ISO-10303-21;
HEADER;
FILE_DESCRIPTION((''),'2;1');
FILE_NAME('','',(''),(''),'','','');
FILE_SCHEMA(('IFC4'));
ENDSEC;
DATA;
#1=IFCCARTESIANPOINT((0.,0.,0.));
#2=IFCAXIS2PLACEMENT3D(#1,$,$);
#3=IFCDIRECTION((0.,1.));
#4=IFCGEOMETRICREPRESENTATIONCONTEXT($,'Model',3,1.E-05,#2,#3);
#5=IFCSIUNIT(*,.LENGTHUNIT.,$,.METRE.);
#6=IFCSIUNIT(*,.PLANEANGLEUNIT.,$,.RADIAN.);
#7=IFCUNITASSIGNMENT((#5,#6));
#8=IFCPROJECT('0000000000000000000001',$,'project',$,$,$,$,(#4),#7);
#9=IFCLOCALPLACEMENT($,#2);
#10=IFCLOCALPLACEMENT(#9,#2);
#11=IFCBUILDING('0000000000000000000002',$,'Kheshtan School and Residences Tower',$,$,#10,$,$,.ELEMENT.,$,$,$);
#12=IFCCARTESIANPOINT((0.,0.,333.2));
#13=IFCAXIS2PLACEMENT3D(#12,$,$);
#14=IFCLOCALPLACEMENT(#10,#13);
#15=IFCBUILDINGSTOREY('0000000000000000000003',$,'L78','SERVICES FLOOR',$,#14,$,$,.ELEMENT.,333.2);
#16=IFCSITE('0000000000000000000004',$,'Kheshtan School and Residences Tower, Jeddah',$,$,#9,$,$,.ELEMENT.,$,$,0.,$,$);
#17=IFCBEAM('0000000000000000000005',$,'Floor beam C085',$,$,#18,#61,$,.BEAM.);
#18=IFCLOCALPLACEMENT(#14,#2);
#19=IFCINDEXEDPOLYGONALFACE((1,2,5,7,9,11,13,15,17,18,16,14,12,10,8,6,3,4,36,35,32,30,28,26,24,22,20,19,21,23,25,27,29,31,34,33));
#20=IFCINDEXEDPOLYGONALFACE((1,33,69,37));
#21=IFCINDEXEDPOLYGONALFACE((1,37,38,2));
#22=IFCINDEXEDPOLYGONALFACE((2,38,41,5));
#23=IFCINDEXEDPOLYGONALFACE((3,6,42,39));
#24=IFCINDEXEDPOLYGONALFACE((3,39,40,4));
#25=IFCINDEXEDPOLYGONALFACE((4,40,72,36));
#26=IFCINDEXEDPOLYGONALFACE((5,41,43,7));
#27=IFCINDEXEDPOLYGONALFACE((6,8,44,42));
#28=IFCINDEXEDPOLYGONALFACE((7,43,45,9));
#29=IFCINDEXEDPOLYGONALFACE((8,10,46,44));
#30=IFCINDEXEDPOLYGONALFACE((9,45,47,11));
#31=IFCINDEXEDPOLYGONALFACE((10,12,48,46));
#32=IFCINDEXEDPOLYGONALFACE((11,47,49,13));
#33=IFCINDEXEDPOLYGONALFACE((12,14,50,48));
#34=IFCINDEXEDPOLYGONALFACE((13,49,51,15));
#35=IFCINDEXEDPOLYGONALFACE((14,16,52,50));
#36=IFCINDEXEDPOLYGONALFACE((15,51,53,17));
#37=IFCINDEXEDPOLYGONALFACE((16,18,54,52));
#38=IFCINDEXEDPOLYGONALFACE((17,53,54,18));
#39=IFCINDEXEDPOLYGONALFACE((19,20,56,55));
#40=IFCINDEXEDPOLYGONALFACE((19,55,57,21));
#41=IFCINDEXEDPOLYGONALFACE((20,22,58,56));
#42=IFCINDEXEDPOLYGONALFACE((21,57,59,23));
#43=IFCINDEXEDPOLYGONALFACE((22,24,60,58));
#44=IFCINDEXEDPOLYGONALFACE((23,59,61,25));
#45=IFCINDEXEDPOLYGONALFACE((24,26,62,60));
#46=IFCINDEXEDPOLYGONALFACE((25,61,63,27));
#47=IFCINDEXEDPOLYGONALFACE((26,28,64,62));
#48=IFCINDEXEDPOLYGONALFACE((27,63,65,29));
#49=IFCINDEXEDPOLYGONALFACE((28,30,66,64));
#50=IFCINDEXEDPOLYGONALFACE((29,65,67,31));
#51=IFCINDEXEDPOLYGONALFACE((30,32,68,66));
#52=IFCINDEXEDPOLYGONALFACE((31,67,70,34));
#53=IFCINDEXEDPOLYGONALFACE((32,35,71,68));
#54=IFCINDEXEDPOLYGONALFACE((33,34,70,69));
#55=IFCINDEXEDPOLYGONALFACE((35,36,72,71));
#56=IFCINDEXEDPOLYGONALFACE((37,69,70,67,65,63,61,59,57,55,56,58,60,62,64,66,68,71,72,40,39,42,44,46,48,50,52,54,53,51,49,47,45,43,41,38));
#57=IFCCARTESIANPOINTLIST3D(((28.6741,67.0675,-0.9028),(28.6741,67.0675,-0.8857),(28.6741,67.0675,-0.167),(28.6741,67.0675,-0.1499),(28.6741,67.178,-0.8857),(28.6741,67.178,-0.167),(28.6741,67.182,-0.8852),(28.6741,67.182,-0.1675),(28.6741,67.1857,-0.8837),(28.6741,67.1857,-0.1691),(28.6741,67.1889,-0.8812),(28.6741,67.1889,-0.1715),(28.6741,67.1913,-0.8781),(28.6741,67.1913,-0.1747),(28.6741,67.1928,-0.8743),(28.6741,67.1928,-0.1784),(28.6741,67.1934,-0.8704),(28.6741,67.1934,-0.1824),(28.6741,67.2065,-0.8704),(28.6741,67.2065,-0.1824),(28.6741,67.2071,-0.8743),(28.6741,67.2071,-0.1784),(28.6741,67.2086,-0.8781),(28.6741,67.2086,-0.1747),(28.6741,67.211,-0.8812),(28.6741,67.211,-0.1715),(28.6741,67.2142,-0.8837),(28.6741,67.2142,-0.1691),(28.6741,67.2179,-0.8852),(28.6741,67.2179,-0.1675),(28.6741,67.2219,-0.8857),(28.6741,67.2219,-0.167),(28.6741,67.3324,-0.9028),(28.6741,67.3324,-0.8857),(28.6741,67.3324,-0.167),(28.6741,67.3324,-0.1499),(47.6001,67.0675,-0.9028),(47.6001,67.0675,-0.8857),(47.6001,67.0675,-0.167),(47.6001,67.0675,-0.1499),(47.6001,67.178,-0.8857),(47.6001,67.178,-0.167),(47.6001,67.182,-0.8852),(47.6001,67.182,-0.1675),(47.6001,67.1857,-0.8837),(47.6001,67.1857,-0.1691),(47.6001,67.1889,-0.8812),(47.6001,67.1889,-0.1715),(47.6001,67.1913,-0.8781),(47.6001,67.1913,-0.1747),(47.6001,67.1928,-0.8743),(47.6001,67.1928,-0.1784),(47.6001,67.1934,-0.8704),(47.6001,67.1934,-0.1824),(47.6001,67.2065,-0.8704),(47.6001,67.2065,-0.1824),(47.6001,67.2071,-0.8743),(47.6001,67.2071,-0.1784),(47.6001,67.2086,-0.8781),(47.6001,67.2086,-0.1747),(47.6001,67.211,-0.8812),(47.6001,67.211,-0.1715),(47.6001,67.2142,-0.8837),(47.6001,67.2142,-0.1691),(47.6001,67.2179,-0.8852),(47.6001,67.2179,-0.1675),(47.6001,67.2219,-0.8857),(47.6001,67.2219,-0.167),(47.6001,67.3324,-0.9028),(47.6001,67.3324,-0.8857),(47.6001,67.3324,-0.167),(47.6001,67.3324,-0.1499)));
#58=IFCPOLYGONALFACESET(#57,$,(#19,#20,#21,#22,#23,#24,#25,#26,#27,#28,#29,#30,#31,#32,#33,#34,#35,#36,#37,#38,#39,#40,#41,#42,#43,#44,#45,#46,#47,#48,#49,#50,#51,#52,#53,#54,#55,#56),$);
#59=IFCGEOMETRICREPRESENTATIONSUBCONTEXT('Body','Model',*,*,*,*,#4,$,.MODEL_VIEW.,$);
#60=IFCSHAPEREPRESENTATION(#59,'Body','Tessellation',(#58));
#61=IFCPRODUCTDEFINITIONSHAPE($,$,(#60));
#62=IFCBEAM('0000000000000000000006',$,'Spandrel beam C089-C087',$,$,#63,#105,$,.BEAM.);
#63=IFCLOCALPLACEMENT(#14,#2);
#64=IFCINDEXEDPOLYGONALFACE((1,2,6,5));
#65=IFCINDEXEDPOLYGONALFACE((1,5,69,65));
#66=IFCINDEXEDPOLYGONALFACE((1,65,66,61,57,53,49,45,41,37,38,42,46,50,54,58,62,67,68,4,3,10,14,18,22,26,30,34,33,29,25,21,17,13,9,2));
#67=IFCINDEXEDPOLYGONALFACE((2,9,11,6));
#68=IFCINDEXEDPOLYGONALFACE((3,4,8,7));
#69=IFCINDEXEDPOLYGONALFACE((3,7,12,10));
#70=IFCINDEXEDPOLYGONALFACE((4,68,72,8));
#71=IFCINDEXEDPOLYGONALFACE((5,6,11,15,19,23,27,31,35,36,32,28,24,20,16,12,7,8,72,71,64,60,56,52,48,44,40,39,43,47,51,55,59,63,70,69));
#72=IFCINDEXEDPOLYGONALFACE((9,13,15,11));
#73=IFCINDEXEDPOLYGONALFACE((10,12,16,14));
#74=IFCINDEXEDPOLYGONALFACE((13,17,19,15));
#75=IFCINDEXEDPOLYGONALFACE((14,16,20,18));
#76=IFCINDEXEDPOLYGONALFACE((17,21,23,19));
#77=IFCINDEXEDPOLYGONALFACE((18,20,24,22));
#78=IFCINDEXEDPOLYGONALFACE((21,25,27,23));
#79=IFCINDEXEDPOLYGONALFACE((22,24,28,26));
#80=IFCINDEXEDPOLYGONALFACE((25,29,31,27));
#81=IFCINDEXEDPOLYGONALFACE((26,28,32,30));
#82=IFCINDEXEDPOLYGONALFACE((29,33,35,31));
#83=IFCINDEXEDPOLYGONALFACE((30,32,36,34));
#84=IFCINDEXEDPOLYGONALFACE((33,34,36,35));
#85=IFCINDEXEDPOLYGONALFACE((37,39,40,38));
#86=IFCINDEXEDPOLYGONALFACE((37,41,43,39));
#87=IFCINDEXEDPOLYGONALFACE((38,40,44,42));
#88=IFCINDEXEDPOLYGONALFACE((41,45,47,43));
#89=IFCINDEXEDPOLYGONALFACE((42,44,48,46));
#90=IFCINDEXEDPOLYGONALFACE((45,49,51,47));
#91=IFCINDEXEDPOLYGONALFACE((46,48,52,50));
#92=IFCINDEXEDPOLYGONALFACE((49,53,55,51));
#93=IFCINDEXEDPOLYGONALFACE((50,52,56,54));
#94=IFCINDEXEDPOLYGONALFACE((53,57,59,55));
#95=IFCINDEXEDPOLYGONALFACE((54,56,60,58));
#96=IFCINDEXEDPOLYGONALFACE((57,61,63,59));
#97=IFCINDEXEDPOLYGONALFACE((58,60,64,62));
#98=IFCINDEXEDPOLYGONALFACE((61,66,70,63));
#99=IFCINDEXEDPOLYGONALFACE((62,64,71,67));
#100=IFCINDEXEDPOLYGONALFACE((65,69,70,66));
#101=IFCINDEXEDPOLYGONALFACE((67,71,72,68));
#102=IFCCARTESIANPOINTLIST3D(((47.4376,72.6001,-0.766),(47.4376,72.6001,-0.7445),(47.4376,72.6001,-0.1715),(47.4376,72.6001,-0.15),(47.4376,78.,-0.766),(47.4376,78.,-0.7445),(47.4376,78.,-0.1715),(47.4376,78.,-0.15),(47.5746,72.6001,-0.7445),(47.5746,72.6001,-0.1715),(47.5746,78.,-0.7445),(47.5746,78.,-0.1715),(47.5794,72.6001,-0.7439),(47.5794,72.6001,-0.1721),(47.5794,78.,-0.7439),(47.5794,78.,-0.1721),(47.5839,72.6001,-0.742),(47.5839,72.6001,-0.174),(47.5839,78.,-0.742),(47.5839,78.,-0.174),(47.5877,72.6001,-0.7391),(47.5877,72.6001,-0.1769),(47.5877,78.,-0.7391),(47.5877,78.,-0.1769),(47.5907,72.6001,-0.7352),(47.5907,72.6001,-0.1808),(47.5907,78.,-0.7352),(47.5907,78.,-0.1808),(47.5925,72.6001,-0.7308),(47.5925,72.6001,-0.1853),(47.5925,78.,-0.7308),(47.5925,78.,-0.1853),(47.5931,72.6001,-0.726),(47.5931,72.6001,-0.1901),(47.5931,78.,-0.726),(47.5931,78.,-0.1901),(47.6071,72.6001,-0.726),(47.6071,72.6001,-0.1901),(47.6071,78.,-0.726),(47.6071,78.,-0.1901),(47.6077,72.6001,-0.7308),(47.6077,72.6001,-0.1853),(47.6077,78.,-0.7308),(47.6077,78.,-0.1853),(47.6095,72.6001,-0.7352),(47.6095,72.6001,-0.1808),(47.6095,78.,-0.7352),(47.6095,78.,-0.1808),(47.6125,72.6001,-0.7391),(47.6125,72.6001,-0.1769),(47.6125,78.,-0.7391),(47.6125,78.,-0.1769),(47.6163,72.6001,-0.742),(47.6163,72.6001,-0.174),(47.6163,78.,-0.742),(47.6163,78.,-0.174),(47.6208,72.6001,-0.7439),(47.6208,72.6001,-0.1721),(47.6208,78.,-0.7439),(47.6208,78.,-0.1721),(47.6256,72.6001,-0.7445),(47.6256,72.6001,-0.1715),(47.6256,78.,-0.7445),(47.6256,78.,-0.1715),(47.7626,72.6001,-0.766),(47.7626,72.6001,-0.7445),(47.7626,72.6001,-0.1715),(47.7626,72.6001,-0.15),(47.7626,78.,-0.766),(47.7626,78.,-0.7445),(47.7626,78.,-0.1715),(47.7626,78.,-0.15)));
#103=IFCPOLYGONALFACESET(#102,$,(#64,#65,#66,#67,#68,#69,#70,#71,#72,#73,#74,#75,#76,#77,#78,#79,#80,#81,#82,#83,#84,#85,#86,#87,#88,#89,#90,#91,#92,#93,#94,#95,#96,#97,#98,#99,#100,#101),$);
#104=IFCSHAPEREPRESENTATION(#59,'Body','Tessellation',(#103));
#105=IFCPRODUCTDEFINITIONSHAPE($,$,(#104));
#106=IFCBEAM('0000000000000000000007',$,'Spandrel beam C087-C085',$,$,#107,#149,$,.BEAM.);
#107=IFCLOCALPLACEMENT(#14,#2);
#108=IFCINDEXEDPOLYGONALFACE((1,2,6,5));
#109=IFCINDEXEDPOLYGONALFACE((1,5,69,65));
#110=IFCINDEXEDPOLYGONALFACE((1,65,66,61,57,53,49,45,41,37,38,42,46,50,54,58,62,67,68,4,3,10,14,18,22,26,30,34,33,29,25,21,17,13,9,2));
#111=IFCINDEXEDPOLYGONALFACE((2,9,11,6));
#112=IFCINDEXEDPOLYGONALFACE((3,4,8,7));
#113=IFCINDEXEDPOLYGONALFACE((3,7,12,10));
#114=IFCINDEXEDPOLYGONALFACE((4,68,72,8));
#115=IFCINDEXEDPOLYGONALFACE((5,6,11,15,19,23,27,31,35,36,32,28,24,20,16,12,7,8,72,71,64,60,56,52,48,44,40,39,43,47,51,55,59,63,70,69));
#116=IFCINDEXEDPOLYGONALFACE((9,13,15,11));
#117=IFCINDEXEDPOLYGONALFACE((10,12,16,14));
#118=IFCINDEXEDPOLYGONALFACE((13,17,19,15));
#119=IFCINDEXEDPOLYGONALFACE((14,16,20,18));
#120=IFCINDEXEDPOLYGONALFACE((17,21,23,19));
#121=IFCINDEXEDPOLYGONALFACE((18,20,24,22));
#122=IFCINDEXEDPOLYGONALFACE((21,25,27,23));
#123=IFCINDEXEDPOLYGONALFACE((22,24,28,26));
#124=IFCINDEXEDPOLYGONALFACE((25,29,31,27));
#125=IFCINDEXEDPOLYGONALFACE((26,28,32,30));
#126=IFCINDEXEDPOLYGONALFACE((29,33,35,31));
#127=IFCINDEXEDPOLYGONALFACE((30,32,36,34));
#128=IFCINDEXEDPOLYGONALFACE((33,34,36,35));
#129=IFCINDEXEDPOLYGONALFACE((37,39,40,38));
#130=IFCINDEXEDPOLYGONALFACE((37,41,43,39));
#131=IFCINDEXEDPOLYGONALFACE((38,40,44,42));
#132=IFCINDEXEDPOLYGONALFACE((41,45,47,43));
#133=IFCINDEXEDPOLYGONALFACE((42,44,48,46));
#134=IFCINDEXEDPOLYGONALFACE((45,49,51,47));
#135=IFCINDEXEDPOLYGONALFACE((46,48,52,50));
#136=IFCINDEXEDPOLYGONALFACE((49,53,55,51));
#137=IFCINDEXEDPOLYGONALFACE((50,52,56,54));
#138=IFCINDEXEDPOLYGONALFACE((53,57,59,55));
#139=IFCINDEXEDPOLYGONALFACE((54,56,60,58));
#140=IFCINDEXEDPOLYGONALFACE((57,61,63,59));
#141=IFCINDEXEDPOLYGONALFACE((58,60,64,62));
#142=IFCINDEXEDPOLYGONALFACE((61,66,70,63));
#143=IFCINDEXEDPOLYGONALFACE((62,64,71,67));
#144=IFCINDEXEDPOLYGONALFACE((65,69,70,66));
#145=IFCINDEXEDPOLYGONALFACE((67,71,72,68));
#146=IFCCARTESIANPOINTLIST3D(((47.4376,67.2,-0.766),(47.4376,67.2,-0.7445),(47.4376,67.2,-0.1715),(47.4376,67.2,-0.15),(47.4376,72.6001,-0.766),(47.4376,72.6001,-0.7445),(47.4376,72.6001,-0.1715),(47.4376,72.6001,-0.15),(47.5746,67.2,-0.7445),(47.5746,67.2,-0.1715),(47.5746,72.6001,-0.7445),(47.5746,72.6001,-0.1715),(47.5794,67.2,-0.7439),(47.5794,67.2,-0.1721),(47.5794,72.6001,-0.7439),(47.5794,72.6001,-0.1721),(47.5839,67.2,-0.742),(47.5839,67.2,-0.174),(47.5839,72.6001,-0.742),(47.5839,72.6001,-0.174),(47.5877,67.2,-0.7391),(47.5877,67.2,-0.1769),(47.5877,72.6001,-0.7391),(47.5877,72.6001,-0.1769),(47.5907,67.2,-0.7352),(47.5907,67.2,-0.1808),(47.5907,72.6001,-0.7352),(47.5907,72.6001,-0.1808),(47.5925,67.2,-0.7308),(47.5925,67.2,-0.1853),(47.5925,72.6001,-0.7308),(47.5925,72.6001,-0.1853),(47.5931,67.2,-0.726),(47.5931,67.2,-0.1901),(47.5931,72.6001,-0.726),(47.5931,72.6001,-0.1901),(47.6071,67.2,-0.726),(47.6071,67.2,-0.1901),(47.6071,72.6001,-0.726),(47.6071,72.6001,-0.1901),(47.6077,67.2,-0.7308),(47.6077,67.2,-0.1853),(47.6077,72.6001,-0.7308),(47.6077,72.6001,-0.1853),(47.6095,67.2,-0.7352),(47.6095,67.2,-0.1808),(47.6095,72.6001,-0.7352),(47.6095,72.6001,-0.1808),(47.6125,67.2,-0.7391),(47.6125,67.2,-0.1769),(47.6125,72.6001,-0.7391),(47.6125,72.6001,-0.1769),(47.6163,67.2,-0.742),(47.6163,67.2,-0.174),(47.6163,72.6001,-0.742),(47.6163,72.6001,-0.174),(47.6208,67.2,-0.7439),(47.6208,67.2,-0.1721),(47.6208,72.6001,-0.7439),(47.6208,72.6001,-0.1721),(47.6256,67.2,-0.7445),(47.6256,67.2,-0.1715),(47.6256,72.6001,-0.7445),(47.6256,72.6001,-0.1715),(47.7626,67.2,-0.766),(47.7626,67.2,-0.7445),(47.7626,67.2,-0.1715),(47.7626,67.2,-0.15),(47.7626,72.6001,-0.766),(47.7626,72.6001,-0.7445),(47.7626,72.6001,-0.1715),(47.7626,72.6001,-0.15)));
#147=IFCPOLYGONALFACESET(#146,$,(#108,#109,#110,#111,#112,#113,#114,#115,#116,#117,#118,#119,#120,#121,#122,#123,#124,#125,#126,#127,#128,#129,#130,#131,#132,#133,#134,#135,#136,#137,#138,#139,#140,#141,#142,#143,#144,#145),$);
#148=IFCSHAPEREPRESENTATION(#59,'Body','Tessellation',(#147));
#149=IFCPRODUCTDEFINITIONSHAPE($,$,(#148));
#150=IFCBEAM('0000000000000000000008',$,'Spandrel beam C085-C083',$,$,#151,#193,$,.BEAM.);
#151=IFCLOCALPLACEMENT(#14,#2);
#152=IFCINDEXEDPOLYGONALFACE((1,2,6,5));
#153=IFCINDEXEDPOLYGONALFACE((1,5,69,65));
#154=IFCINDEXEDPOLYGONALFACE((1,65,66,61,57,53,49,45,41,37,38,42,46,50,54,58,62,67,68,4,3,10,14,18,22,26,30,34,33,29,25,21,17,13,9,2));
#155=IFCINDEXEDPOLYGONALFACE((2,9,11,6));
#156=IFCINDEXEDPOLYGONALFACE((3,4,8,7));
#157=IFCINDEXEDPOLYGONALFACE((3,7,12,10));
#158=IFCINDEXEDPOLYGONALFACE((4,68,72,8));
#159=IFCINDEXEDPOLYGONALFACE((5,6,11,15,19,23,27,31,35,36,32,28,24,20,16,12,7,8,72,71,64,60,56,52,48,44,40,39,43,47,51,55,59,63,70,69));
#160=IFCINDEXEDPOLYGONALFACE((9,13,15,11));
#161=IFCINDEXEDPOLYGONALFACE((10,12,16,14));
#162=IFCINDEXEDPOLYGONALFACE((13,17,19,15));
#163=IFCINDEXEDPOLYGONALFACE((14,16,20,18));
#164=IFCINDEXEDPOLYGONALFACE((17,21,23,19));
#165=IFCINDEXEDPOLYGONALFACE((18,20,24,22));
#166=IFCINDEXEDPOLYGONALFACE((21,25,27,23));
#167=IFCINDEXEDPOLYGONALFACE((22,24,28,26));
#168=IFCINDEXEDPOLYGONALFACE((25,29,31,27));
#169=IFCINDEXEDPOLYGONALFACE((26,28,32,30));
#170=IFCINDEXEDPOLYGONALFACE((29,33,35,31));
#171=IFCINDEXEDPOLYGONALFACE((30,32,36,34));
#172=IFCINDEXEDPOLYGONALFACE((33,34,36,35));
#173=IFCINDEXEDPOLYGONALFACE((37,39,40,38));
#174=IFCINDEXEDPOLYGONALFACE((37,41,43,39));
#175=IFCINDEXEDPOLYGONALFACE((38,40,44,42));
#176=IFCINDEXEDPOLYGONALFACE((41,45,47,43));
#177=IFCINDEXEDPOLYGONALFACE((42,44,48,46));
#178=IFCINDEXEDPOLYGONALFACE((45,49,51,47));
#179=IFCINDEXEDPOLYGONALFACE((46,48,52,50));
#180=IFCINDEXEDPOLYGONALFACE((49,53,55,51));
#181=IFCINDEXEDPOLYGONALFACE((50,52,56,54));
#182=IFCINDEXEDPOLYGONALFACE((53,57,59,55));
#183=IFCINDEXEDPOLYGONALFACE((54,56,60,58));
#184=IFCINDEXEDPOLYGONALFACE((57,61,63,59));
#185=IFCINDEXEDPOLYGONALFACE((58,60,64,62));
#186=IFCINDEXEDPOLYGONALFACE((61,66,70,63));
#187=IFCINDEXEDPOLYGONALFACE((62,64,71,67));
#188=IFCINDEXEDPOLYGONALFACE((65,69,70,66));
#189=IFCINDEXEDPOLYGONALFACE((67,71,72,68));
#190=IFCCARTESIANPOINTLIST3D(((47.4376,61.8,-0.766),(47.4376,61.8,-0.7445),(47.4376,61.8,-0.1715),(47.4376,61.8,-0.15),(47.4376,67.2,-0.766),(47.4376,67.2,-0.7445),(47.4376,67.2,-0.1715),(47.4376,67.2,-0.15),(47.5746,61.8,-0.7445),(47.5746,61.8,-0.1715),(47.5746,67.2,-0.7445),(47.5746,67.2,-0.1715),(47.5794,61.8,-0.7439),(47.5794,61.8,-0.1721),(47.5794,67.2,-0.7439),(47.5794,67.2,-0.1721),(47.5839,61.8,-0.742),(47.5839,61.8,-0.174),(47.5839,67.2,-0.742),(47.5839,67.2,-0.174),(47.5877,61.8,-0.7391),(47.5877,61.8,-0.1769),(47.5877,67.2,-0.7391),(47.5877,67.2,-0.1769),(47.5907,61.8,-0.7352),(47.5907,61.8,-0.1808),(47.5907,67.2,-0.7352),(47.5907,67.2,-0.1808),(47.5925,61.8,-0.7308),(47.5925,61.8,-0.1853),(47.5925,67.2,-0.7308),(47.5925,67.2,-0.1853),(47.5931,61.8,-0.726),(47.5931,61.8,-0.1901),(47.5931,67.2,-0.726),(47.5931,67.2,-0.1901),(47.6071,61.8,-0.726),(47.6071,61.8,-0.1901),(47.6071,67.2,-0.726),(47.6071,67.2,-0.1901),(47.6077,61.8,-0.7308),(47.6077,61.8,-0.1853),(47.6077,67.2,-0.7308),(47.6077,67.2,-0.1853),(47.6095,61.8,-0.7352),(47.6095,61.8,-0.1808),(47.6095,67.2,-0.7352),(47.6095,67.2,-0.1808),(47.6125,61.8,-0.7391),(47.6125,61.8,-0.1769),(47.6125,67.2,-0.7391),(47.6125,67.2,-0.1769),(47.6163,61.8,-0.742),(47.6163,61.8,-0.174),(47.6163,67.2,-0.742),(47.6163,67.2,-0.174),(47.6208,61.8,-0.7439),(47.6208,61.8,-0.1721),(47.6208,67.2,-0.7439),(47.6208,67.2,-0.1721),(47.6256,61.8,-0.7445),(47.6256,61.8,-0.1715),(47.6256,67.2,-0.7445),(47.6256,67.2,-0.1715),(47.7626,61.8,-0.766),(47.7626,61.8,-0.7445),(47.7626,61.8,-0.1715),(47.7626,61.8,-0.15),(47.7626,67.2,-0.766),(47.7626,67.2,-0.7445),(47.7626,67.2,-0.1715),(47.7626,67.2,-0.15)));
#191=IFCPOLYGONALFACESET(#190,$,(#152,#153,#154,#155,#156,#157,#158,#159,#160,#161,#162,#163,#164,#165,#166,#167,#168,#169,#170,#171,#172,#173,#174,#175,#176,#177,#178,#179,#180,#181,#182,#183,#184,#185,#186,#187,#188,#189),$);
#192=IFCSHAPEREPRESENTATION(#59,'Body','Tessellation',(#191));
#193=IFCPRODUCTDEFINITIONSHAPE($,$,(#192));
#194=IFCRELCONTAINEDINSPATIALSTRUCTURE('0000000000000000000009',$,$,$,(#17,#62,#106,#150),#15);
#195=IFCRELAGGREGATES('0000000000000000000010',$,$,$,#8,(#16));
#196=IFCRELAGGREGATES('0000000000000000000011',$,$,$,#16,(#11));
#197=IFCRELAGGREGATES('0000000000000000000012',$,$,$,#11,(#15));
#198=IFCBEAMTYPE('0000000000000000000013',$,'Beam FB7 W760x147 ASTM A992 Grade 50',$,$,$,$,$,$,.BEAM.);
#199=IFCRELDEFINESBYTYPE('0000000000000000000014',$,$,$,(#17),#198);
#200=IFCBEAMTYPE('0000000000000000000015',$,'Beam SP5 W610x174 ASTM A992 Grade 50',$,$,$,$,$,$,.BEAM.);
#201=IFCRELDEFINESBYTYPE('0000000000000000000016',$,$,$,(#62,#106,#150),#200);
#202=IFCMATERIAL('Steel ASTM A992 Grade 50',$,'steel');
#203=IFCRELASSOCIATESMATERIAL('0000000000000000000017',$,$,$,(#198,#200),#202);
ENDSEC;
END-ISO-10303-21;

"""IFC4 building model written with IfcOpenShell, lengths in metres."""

from ifc_helpers import new_model, si_unit, direction, frame, origin, origin_2d, place, context, subcontext, project, spatial, i_section, extrude, material, material_profile, profile_set, type_object, element, save


model = new_model("IFC4")

# Units and contexts
model_context = context("Model", 3, precision=1e-05, world=origin(), true_north=direction((0.0, 1.0)))
body_context = subcontext(model_context, "Body", "Model", "MODEL_VIEW")
ifc_project = project(units=[si_unit("LENGTHUNIT", "METRE"), si_unit("PLANEANGLEUNIT", "RADIAN")], contexts=[model_context])

# Site, building, storey
site_placement = place(None, origin())
site = spatial("IfcSite", under=ifc_project, at=site_placement, Name="Kheshtan School and Residences Tower, Jeddah", CompositionType="ELEMENT", RefElevation=0.0)
building_placement = place(site_placement, origin())
building = spatial("IfcBuilding", under=site, at=building_placement, Name="Kheshtan School and Residences Tower", CompositionType="ELEMENT")
storey_placement = place(building_placement, frame((0.0, 0.0, 333.2)))
storey = spatial("IfcBuildingStorey", under=building, at=storey_placement, Name="L78", Description="SERVICES FLOOR", CompositionType="ELEMENT", Elevation=333.2)

# Shared definitions
ifc_material_1 = material(Name="Steel ASTM A992 Grade 50", Category="steel")

# Beams
ifc_material_profile_1 = material_profile(ifc_material_1, i_section(OverallWidth=0.2649, OverallDepth=0.7529, WebThickness=0.0132, FlangeThickness=0.0171, FilletRadius=0.0154, at=origin_2d()), Name="W760x147")
ifc_profile_set_1 = profile_set([ifc_material_profile_1], Name="Steel ASTM A992 Grade 50")
beam_type_1 = type_object("IfcBeamType", Name="Beam FB7 W760x147 ASTM A992 Grade 50", PredefinedType="BEAM", material=ifc_profile_set_1)
beam_1_placement = place(storey_placement, frame((47.6001, 67.2, -0.5264), z_axis=(-1.0, 0.0, 0.0), x_axis=(0.0, -1.0, 0.0)))
element("IfcBeam", 1, at=beam_1_placement, inside=storey, type_object=beam_type_1, Name="Floor beam C085", PredefinedType="BEAM", context=body_context, shape_type="SweptSolid", body=[
    extrude(i_section(OverallWidth=0.2649, OverallDepth=0.7529, WebThickness=0.0132, FlangeThickness=0.0171, FilletRadius=0.0154, at=origin_2d()), origin(), (0.0, 0.0, 1.0), 18.926),
])
ifc_material_profile_2 = material_profile(ifc_material_1, i_section(OverallWidth=0.325, OverallDepth=0.616, WebThickness=0.0139, FlangeThickness=0.0215, FilletRadius=0.0186, at=origin_2d()), Name="W610x174")
ifc_profile_set_2 = profile_set([ifc_material_profile_2], Name="Steel ASTM A992 Grade 50")
beam_type_2 = type_object("IfcBeamType", Name="Beam SP5 W610x174 ASTM A992 Grade 50", PredefinedType="BEAM", material=ifc_profile_set_2)
beam_2_placement = place(storey_placement, frame((47.6001, 78.0, -0.458), z_axis=(0.0, -1.0, 0.0), x_axis=(1.0, 0.0, 0.0)))
element("IfcBeam", 2, at=beam_2_placement, inside=storey, type_object=beam_type_2, Name="Spandrel beam C089-C087", PredefinedType="BEAM", context=body_context, shape_type="SweptSolid", body=[
    extrude(i_section(OverallWidth=0.325, OverallDepth=0.616, WebThickness=0.0139, FlangeThickness=0.0215, FilletRadius=0.0186, at=origin_2d()), origin(), (0.0, 0.0, 1.0), 5.3999),
])
beam_3_placement = place(storey_placement, frame((47.6001, 72.6001, -0.458), z_axis=(0.0, -1.0, 0.0), x_axis=(1.0, 0.0, 0.0)))
element("IfcBeam", 3, at=beam_3_placement, inside=storey, type_object=beam_type_2, Name="Spandrel beam C087-C085", PredefinedType="BEAM", context=body_context, shape_type="SweptSolid", body=[
    extrude(i_section(OverallWidth=0.325, OverallDepth=0.616, WebThickness=0.0139, FlangeThickness=0.0215, FilletRadius=0.0186, at=origin_2d()), origin(), (0.0, 0.0, 1.0), 5.4001),
])
beam_4_placement = place(storey_placement, frame((47.6001, 67.2, -0.458), z_axis=(0.0, -1.0, 0.0), x_axis=(1.0, 0.0, 0.0)))
element("IfcBeam", 4, at=beam_4_placement, inside=storey, type_object=beam_type_2, Name="Spandrel beam C085-C083", PredefinedType="BEAM", context=body_context, shape_type="SweptSolid", body=[
    extrude(i_section(OverallWidth=0.325, OverallDepth=0.616, WebThickness=0.0139, FlangeThickness=0.0215, FilletRadius=0.0186, at=origin_2d()), origin(), (0.0, 0.0, 1.0), 5.3999),
])

save(model, "model.ifc")
